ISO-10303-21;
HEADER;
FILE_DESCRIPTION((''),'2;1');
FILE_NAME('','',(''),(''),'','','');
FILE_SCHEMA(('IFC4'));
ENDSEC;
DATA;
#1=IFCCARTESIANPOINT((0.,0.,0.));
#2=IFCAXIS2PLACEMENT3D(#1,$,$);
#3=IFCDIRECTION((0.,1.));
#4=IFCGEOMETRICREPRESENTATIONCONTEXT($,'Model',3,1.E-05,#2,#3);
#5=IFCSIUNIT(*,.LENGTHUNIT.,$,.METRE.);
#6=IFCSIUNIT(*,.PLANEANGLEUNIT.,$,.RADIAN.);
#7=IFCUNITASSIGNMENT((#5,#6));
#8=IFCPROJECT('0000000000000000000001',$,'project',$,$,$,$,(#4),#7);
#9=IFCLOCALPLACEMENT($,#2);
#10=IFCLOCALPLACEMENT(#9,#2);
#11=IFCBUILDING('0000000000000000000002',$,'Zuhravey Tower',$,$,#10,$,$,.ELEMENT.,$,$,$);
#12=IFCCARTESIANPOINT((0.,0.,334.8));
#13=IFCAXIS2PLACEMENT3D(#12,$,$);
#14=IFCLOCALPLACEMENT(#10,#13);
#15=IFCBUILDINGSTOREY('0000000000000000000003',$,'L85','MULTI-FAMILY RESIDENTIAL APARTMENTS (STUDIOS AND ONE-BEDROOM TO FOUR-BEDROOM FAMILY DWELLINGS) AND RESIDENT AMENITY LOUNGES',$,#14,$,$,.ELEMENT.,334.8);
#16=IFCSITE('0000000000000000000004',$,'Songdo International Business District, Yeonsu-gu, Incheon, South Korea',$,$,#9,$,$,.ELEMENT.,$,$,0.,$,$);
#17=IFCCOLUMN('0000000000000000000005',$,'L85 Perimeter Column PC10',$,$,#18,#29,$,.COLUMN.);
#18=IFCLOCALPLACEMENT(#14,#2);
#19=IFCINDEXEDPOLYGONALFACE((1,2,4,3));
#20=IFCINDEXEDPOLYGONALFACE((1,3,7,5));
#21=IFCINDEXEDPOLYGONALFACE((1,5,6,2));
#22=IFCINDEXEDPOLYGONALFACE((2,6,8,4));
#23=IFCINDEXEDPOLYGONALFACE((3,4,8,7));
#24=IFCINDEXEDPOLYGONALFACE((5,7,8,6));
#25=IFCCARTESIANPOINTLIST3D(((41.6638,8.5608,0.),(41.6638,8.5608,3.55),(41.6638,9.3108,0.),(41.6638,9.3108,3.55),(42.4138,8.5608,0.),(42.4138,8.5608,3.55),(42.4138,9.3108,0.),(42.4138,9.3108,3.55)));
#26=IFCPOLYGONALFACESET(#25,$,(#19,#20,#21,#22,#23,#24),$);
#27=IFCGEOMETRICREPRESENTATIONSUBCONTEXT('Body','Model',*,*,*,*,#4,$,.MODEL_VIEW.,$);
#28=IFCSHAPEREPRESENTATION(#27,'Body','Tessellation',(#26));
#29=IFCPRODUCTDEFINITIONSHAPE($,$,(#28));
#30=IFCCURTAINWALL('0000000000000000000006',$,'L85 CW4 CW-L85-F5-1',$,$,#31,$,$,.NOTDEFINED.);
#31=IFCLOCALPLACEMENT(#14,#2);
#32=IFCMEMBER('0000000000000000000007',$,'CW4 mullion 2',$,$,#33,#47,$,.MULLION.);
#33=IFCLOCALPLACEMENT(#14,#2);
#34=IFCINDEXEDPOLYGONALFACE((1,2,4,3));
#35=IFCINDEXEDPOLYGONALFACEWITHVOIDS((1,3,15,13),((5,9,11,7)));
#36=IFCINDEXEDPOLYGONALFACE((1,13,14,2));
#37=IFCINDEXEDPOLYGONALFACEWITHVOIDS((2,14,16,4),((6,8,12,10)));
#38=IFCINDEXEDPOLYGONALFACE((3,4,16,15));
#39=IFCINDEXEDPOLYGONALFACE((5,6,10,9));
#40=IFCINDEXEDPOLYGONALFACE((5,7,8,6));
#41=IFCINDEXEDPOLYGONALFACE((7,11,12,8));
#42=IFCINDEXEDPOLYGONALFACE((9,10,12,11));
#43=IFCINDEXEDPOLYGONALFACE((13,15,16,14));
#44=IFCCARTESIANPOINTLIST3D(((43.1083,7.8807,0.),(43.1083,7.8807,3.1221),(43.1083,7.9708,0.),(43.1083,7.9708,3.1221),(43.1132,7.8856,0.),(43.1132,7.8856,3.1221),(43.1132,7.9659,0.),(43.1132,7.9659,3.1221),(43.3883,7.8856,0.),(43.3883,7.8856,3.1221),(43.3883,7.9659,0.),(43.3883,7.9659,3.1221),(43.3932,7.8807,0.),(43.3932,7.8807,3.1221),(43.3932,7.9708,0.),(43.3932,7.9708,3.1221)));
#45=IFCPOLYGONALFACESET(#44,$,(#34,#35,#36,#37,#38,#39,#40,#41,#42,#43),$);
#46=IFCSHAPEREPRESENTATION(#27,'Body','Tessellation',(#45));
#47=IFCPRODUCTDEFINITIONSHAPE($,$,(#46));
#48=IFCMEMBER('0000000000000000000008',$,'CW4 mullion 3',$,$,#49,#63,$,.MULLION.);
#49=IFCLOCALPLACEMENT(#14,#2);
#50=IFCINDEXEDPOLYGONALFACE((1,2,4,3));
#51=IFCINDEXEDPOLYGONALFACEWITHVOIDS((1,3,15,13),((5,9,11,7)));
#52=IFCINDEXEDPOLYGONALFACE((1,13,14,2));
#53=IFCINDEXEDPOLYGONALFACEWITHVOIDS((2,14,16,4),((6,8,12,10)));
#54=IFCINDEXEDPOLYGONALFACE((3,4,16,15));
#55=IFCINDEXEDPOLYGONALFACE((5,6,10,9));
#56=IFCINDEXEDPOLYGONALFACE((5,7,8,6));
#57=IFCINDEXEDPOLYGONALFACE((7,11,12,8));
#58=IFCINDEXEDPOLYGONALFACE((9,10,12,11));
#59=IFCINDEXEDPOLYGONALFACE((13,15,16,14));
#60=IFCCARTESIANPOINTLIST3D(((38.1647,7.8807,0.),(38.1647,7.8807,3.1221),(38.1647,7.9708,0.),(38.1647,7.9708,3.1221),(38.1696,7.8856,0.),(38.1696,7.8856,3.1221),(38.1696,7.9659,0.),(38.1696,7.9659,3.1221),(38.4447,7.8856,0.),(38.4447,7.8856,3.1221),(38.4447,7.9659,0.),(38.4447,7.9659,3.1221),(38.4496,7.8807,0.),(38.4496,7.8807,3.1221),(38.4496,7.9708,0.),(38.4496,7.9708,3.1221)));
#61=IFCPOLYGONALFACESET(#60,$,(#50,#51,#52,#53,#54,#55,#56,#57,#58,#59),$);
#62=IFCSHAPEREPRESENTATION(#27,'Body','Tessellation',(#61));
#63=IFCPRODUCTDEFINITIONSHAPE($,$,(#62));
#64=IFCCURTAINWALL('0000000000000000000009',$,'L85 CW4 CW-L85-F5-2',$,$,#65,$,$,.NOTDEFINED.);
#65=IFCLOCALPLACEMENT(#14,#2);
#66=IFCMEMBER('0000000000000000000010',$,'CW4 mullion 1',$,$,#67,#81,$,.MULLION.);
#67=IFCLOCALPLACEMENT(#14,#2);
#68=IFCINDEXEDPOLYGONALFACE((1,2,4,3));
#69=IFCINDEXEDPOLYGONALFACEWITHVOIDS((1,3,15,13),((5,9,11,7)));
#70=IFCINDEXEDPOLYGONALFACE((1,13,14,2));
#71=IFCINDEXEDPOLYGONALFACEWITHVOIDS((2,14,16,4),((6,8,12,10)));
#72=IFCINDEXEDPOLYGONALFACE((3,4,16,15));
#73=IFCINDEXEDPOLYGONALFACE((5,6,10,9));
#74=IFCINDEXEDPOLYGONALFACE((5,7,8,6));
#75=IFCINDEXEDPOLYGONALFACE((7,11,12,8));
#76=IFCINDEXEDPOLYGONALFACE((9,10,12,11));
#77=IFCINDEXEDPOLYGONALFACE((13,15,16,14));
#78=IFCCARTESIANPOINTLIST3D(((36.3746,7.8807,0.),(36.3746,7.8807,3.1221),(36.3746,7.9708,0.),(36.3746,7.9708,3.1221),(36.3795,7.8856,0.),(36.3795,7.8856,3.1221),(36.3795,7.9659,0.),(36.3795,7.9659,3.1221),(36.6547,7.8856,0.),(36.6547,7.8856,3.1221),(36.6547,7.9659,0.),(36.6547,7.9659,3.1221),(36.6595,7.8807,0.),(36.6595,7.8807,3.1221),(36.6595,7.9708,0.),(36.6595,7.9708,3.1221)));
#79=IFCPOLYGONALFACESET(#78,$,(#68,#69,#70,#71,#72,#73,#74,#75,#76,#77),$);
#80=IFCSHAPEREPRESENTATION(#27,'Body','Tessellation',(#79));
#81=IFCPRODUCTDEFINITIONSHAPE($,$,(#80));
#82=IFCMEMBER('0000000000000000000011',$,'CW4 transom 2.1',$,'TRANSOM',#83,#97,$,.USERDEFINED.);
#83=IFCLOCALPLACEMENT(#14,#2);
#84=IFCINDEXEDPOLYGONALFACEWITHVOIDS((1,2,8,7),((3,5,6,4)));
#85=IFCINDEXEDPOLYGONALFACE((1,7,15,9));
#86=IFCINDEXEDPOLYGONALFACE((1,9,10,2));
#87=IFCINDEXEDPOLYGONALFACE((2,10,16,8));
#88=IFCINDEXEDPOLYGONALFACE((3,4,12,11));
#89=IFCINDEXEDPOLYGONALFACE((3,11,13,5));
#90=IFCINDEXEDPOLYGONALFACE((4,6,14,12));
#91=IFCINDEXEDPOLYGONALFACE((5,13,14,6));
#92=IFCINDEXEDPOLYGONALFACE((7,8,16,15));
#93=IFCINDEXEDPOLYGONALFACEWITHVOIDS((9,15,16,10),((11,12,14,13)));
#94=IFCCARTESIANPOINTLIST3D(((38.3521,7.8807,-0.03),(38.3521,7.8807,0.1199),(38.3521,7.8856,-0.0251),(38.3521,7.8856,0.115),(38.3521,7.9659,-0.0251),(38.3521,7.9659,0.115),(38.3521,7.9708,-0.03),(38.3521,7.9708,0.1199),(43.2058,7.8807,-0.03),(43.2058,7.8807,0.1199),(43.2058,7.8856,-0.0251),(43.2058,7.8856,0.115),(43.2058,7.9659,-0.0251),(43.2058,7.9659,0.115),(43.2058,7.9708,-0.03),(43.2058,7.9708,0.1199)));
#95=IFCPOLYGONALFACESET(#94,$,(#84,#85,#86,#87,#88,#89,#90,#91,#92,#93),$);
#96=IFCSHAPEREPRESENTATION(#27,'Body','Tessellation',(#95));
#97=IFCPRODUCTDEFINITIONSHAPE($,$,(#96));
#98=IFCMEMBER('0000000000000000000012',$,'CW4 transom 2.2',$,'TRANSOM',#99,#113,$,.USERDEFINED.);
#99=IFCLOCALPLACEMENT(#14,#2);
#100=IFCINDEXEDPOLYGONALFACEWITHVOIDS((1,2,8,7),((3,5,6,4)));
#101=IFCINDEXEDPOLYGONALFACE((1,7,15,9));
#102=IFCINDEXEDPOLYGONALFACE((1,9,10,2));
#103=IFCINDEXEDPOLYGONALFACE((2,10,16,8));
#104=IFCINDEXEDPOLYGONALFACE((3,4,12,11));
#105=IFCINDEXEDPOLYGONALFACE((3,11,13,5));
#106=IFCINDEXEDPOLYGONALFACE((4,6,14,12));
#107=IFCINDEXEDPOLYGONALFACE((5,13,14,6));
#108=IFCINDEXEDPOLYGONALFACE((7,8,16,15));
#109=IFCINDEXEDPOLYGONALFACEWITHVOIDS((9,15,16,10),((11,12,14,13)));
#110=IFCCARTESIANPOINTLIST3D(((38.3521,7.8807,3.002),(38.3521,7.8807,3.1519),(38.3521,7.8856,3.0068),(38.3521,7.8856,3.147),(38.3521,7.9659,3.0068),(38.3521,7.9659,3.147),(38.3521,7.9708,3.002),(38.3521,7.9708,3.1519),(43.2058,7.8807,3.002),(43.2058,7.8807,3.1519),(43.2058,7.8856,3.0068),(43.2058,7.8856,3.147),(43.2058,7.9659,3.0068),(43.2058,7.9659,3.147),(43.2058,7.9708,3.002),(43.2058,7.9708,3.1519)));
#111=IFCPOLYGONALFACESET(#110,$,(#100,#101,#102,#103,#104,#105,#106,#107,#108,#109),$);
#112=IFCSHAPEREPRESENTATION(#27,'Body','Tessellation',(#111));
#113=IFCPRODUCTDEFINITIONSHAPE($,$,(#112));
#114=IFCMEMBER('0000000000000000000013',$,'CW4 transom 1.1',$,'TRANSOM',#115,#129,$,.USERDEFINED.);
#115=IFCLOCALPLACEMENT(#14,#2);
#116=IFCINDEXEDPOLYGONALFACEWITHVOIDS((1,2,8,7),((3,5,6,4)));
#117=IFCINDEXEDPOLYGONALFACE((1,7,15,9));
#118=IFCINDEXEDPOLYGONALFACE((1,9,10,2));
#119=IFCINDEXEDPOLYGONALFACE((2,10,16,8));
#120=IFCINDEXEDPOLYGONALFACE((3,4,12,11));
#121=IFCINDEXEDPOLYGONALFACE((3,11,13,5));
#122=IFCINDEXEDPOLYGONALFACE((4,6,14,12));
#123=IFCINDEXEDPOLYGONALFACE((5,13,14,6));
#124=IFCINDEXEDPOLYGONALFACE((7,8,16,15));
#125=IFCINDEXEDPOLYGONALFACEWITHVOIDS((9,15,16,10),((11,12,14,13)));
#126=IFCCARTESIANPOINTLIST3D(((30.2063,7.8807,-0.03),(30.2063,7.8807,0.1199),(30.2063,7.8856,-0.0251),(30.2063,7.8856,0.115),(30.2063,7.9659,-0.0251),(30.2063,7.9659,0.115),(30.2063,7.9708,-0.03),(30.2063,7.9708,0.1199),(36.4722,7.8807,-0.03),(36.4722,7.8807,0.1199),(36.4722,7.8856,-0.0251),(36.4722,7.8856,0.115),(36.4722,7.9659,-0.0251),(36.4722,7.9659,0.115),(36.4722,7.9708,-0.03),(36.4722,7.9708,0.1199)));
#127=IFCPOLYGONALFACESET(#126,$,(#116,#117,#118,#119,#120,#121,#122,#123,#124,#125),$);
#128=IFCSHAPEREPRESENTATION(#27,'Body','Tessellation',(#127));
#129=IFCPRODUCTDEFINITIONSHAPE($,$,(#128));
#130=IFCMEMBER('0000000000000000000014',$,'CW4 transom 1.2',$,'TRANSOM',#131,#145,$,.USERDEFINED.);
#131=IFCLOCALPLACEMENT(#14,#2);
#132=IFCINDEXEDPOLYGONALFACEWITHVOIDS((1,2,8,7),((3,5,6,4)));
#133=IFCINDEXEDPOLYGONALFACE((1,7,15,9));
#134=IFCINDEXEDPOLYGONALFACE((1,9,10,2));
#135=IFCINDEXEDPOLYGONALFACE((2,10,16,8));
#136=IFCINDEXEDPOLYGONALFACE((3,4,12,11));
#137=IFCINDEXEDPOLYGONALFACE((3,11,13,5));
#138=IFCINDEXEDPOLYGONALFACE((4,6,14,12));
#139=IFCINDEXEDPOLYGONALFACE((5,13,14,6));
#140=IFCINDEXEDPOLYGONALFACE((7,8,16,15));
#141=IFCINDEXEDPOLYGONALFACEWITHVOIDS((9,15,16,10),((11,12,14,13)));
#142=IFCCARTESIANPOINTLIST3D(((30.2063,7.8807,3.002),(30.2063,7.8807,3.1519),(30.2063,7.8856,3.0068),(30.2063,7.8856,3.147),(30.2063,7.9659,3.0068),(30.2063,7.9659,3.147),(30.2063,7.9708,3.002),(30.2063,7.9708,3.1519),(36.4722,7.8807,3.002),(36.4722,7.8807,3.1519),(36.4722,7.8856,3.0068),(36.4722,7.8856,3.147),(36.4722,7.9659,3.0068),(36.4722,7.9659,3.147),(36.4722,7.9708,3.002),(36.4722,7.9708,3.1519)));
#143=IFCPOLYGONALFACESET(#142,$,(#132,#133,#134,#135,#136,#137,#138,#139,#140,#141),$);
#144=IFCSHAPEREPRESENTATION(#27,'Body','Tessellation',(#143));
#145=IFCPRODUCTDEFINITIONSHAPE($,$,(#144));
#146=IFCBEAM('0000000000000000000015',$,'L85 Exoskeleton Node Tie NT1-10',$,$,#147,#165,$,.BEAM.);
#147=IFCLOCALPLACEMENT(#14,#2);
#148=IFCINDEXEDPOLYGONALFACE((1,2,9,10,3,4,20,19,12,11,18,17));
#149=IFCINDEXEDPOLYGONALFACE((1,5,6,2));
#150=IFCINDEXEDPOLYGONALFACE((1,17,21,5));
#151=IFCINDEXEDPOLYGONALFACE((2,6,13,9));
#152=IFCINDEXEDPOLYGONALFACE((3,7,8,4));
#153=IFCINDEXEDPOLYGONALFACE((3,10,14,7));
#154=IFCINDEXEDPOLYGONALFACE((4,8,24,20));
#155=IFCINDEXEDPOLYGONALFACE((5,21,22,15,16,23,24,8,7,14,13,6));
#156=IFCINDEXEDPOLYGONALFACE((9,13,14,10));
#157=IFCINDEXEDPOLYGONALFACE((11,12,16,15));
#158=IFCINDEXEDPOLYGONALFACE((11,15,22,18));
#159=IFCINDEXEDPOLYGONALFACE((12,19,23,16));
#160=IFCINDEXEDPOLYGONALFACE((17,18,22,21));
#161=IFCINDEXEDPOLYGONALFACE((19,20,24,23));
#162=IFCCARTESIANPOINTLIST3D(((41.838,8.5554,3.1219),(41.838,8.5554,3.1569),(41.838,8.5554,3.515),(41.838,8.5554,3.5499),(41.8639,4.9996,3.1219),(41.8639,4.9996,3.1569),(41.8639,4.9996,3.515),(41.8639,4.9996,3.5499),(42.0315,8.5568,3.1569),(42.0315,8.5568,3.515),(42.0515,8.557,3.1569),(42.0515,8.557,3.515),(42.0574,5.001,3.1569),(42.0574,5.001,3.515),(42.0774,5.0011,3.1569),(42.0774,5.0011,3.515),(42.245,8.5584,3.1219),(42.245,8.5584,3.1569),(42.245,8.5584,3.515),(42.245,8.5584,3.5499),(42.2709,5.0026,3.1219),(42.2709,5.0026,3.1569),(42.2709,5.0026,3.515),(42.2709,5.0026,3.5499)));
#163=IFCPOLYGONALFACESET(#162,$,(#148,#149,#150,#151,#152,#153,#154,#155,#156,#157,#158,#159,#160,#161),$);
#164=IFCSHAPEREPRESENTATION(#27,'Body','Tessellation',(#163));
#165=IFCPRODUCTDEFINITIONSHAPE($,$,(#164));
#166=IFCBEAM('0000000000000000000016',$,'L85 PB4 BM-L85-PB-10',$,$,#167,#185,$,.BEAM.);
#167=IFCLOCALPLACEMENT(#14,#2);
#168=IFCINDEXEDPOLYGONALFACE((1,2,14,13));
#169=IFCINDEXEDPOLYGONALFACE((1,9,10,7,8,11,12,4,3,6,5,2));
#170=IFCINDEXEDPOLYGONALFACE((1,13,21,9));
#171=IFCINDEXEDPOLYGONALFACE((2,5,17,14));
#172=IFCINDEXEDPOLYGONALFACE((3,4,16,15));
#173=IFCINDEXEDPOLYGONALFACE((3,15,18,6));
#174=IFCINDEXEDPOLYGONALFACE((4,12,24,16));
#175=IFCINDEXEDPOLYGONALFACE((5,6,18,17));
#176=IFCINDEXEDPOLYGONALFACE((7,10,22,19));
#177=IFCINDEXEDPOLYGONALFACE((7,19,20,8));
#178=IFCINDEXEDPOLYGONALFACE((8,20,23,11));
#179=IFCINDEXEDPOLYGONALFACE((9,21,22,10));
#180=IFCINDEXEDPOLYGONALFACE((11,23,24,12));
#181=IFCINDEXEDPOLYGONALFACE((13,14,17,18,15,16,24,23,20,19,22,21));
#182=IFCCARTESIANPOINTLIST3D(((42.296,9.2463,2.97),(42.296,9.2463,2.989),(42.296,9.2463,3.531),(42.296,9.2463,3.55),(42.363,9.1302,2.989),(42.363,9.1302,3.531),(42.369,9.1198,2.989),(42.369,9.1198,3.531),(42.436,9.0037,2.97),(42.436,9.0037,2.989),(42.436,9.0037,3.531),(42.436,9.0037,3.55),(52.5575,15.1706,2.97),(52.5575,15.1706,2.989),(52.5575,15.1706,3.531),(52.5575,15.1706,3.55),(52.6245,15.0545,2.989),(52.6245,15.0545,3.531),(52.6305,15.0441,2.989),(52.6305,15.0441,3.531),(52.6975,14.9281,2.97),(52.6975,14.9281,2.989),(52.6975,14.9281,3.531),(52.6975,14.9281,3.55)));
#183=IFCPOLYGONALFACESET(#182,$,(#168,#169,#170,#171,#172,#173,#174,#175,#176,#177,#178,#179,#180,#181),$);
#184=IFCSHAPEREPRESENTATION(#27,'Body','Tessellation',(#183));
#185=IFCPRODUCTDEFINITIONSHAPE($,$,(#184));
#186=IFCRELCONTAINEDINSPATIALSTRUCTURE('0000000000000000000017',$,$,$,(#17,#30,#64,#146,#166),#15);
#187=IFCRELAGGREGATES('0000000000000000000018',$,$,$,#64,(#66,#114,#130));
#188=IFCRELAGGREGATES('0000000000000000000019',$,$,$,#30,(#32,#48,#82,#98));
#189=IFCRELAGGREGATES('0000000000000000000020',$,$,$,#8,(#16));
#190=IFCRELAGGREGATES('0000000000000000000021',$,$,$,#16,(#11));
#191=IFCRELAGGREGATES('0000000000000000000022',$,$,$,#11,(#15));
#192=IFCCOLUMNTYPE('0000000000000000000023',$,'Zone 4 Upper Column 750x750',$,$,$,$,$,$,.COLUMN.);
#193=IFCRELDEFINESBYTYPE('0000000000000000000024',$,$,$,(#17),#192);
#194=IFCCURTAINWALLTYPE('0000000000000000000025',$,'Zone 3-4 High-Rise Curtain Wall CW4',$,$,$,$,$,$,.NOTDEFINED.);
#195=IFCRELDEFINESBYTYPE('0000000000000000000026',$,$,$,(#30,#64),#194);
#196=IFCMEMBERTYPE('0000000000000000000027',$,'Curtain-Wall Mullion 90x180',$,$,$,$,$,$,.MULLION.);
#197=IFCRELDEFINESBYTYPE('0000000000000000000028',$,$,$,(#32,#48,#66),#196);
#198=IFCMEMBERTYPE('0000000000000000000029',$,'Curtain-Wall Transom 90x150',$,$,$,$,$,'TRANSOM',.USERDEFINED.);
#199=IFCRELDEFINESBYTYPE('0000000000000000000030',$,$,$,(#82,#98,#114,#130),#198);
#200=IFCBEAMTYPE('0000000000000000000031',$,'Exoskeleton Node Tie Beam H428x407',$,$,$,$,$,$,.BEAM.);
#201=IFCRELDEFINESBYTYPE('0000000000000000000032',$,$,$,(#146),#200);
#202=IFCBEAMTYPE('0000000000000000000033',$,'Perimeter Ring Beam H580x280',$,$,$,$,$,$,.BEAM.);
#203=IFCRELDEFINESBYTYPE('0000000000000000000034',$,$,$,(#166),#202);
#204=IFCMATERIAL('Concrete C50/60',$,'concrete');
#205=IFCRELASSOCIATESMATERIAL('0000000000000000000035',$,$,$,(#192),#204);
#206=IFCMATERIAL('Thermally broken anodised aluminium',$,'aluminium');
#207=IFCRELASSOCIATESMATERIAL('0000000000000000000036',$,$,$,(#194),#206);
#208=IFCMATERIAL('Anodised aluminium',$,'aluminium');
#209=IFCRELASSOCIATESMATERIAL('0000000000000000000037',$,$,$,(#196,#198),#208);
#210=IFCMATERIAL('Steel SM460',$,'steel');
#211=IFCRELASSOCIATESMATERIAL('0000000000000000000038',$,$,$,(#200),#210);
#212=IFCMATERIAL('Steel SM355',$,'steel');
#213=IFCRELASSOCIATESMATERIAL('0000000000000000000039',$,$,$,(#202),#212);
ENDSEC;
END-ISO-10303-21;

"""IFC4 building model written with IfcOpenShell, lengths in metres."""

from ifc_helpers import new_model, si_unit, direction, frame, origin, origin_2d, place, context, subcontext, project, spatial, rectangle, hollow_rectangle, i_section, extrude, material, material_profile, profile_set, type_object, element, aggregate, save


model = new_model("IFC4")

# Units and contexts
model_context = context("Model", 3, precision=1e-05, world=origin(), true_north=direction((0.0, 1.0)))
body_context = subcontext(model_context, "Body", "Model", "MODEL_VIEW")
ifc_project = project(units=[si_unit("LENGTHUNIT", "METRE"), si_unit("PLANEANGLEUNIT", "RADIAN")], contexts=[model_context])

# Site, building, storey
site_placement = place(None, origin())
site = spatial("IfcSite", under=ifc_project, at=site_placement, Name="Songdo International Business District, Yeonsu-gu, Incheon, South Korea", CompositionType="ELEMENT", RefElevation=0.0)
building_placement = place(site_placement, origin())
building = spatial("IfcBuilding", under=site, at=building_placement, Name="Zuhravey Tower", CompositionType="ELEMENT")
storey_placement = place(building_placement, frame((0.0, 0.0, 334.8)))
storey = spatial("IfcBuildingStorey", under=building, at=storey_placement, Name="L85", Description="MULTI-FAMILY RESIDENTIAL APARTMENTS (STUDIOS AND ONE-BEDROOM TO FOUR-BEDROOM FAMILY DWELLINGS) AND RESIDENT AMENITY LOUNGES", CompositionType="ELEMENT", Elevation=334.8)

# Column
ifc_material_1 = material(Name="Concrete C50/60", Category="concrete")
ifc_material_profile_1 = material_profile(ifc_material_1, rectangle(XDim=0.75, YDim=0.75, at=origin_2d()), Name="RC-750x750")
ifc_profile_set_1 = profile_set([ifc_material_profile_1], Name="Concrete C50/60")
column_type = type_object("IfcColumnType", Name="Zone 4 Upper Column 750x750", PredefinedType="COLUMN", material=ifc_profile_set_1)
column_placement = place(storey_placement, frame((42.0388, 8.9358, 0.0), z_axis=(0.0, 0.0, 1.0), x_axis=(1.0, 0.0, 0.0)))
element("IfcColumn", 1, at=column_placement, inside=storey, type_object=column_type, Name="L85 Perimeter Column PC10", PredefinedType="COLUMN", context=body_context, shape_type="SweptSolid", body=[
    extrude(rectangle(XDim=0.75, YDim=0.75, at=origin_2d()), origin(), (0.0, 0.0, 1.0), 3.55),
])

# Curtain wall, members
ifc_material_2 = material(Name="Thermally broken anodised aluminium", Category="aluminium")
curtain_wall_type = type_object("IfcCurtainWallType", Name="Zone 3-4 High-Rise Curtain Wall CW4", PredefinedType="NOTDEFINED", material=ifc_material_2)
curtain_wall_1_placement = place(storey_placement, origin())
curtain_wall_1 = element("IfcCurtainWall", 2, at=curtain_wall_1_placement, inside=storey, type_object=curtain_wall_type, Name="L85 CW4 CW-L85-F5-1", PredefinedType="NOTDEFINED")
ifc_material_3 = material(Name="Anodised aluminium", Category="aluminium")
ifc_material_profile_2 = material_profile(ifc_material_3, hollow_rectangle(XDim=0.0901, YDim=0.2849, WallThickness=0.0049, at=origin_2d()), Name="ALU-RHS-90x285x5")
ifc_profile_set_2 = profile_set([ifc_material_profile_2], Name="Anodised aluminium")
member_type_1 = type_object("IfcMemberType", Name="Curtain-Wall Mullion 90x180", PredefinedType="MULLION", material=ifc_profile_set_2)
member_1_placement = place(storey_placement, frame((43.2507, 7.9258, 0.0), z_axis=(0.0, 0.0, 1.0), x_axis=(0.0, -1.0, 0.0)))
member_1 = element("IfcMember", 3, at=member_1_placement, type_object=member_type_1, Name="CW4 mullion 2", PredefinedType="MULLION", context=body_context, shape_type="SweptSolid", body=[
    extrude(hollow_rectangle(XDim=0.0901, YDim=0.2849, WallThickness=0.0049, at=origin_2d()), origin(), (0.0, 0.0, 1.0), 3.1221),
])
member_2_placement = place(storey_placement, frame((38.3071, 7.9258, 0.0), z_axis=(0.0, 0.0, 1.0), x_axis=(0.0, -1.0, 0.0)))
member_2 = element("IfcMember", 4, at=member_2_placement, type_object=member_type_1, Name="CW4 mullion 3", PredefinedType="MULLION", context=body_context, shape_type="SweptSolid", body=[
    extrude(hollow_rectangle(XDim=0.0901, YDim=0.2849, WallThickness=0.0049, at=origin_2d()), origin(), (0.0, 0.0, 1.0), 3.1221),
])

# Curtain wall, member
curtain_wall_2_placement = place(storey_placement, origin())
curtain_wall_2 = element("IfcCurtainWall", 5, at=curtain_wall_2_placement, inside=storey, type_object=curtain_wall_type, Name="L85 CW4 CW-L85-F5-2", PredefinedType="NOTDEFINED")
member_3_placement = place(storey_placement, frame((36.5171, 7.9258, 0.0), z_axis=(0.0, 0.0, 1.0), x_axis=(0.0, -1.0, 0.0)))
member_3 = element("IfcMember", 6, at=member_3_placement, type_object=member_type_1, Name="CW4 mullion 1", PredefinedType="MULLION", context=body_context, shape_type="SweptSolid", body=[
    extrude(hollow_rectangle(XDim=0.0901, YDim=0.2849, WallThickness=0.0049, at=origin_2d()), origin(), (0.0, 0.0, 1.0), 3.1221),
])

# Members
ifc_material_profile_3 = material_profile(ifc_material_3, hollow_rectangle(XDim=0.0901, YDim=0.1499, WallThickness=0.0049, at=origin_2d()), Name="ALU-RHS-90x150x5")
ifc_profile_set_3 = profile_set([ifc_material_profile_3], Name="Anodised aluminium")
member_type_2 = type_object("IfcMemberType", Name="Curtain-Wall Transom 90x150", ElementType="TRANSOM", PredefinedType="USERDEFINED", material=ifc_profile_set_3)
member_4_placement = place(storey_placement, frame((43.2058, 7.9258, 0.0449), z_axis=(-1.0, 0.0, 0.0), x_axis=(0.0, -1.0, 0.0)))
member_4 = element("IfcMember", 7, at=member_4_placement, type_object=member_type_2, Name="CW4 transom 2.1", ObjectType="TRANSOM", PredefinedType="USERDEFINED", context=body_context, shape_type="SweptSolid", body=[
    extrude(hollow_rectangle(XDim=0.0901, YDim=0.1499, WallThickness=0.0049, at=origin_2d()), origin(), (0.0, 0.0, 1.0), 4.8538),
])
member_5_placement = place(storey_placement, frame((43.2058, 7.9258, 3.0769), z_axis=(-1.0, 0.0, 0.0), x_axis=(0.0, -1.0, 0.0)))
member_5 = element("IfcMember", 8, at=member_5_placement, type_object=member_type_2, Name="CW4 transom 2.2", ObjectType="TRANSOM", PredefinedType="USERDEFINED", context=body_context, shape_type="SweptSolid", body=[
    extrude(hollow_rectangle(XDim=0.0901, YDim=0.1499, WallThickness=0.0049, at=origin_2d()), origin(), (0.0, 0.0, 1.0), 4.8538),
])
member_6_placement = place(storey_placement, frame((36.4722, 7.9258, 0.0449), z_axis=(-1.0, 0.0, 0.0), x_axis=(0.0, -1.0, 0.0)))
member_6 = element("IfcMember", 9, at=member_6_placement, type_object=member_type_2, Name="CW4 transom 1.1", ObjectType="TRANSOM", PredefinedType="USERDEFINED", context=body_context, shape_type="SweptSolid", body=[
    extrude(hollow_rectangle(XDim=0.0901, YDim=0.1499, WallThickness=0.0049, at=origin_2d()), origin(), (0.0, 0.0, 1.0), 6.2659),
])
member_7_placement = place(storey_placement, frame((36.4722, 7.9258, 3.0769), z_axis=(-1.0, 0.0, 0.0), x_axis=(0.0, -1.0, 0.0)))
member_7 = element("IfcMember", 10, at=member_7_placement, type_object=member_type_2, Name="CW4 transom 1.2", ObjectType="TRANSOM", PredefinedType="USERDEFINED", context=body_context, shape_type="SweptSolid", body=[
    extrude(hollow_rectangle(XDim=0.0901, YDim=0.1499, WallThickness=0.0049, at=origin_2d()), origin(), (0.0, 0.0, 1.0), 6.2659),
])
aggregate(curtain_wall_2, [member_3, member_6, member_7])

# Beams
ifc_material_4 = material(Name="Steel SM460", Category="steel")
ifc_material_profile_4 = material_profile(ifc_material_4, i_section(OverallWidth=0.407, OverallDepth=0.428, WebThickness=0.02, FlangeThickness=0.0349, at=origin_2d()), Name="H-428x407x20x35")
ifc_profile_set_4 = profile_set([ifc_material_profile_4], Name="Steel SM460")
beam_type_1 = type_object("IfcBeamType", Name="Exoskeleton Node Tie Beam H428x407", PredefinedType="BEAM", material=ifc_profile_set_4)
beam_1_placement = place(storey_placement, frame((42.0415, 8.5569, 3.3359), z_axis=(0.007278, -0.999974, 0.0), x_axis=(0.999974, 0.007278, 0.0)))
element("IfcBeam", 11, at=beam_1_placement, inside=storey, type_object=beam_type_1, Name="L85 Exoskeleton Node Tie NT1-10", PredefinedType="BEAM", context=body_context, shape_type="SweptSolid", body=[
    extrude(i_section(OverallWidth=0.407, OverallDepth=0.428, WebThickness=0.02, FlangeThickness=0.0349, at=origin_2d()), origin(), (0.0, 0.0, 1.0), 3.5559),
])
ifc_material_5 = material(Name="Steel SM355", Category="steel")
ifc_material_profile_5 = material_profile(ifc_material_5, i_section(OverallWidth=0.28, OverallDepth=0.5801, WebThickness=0.012, FlangeThickness=0.019, at=origin_2d()), Name="H-580x280x12x19")
ifc_profile_set_5 = profile_set([ifc_material_profile_5], Name="Steel SM355")
beam_type_2 = type_object("IfcBeamType", Name="Perimeter Ring Beam H580x280", PredefinedType="BEAM", material=ifc_profile_set_5)
beam_2_placement = place(storey_placement, frame((42.366, 9.125, 3.26), z_axis=(0.866031, 0.499991, 0.0), x_axis=(-0.499991, 0.866031, 0.0)))
element("IfcBeam", 12, at=beam_2_placement, inside=storey, type_object=beam_type_2, Name="L85 PB4 BM-L85-PB-10", PredefinedType="BEAM", context=body_context, shape_type="SweptSolid", body=[
    extrude(i_section(OverallWidth=0.28, OverallDepth=0.5801, WebThickness=0.012, FlangeThickness=0.019, at=origin_2d()), origin(), (0.0, 0.0, 1.0), 11.8489),
])

aggregate(curtain_wall_1, [member_1, member_2, member_4, member_5])

save(model, "model.ifc")
